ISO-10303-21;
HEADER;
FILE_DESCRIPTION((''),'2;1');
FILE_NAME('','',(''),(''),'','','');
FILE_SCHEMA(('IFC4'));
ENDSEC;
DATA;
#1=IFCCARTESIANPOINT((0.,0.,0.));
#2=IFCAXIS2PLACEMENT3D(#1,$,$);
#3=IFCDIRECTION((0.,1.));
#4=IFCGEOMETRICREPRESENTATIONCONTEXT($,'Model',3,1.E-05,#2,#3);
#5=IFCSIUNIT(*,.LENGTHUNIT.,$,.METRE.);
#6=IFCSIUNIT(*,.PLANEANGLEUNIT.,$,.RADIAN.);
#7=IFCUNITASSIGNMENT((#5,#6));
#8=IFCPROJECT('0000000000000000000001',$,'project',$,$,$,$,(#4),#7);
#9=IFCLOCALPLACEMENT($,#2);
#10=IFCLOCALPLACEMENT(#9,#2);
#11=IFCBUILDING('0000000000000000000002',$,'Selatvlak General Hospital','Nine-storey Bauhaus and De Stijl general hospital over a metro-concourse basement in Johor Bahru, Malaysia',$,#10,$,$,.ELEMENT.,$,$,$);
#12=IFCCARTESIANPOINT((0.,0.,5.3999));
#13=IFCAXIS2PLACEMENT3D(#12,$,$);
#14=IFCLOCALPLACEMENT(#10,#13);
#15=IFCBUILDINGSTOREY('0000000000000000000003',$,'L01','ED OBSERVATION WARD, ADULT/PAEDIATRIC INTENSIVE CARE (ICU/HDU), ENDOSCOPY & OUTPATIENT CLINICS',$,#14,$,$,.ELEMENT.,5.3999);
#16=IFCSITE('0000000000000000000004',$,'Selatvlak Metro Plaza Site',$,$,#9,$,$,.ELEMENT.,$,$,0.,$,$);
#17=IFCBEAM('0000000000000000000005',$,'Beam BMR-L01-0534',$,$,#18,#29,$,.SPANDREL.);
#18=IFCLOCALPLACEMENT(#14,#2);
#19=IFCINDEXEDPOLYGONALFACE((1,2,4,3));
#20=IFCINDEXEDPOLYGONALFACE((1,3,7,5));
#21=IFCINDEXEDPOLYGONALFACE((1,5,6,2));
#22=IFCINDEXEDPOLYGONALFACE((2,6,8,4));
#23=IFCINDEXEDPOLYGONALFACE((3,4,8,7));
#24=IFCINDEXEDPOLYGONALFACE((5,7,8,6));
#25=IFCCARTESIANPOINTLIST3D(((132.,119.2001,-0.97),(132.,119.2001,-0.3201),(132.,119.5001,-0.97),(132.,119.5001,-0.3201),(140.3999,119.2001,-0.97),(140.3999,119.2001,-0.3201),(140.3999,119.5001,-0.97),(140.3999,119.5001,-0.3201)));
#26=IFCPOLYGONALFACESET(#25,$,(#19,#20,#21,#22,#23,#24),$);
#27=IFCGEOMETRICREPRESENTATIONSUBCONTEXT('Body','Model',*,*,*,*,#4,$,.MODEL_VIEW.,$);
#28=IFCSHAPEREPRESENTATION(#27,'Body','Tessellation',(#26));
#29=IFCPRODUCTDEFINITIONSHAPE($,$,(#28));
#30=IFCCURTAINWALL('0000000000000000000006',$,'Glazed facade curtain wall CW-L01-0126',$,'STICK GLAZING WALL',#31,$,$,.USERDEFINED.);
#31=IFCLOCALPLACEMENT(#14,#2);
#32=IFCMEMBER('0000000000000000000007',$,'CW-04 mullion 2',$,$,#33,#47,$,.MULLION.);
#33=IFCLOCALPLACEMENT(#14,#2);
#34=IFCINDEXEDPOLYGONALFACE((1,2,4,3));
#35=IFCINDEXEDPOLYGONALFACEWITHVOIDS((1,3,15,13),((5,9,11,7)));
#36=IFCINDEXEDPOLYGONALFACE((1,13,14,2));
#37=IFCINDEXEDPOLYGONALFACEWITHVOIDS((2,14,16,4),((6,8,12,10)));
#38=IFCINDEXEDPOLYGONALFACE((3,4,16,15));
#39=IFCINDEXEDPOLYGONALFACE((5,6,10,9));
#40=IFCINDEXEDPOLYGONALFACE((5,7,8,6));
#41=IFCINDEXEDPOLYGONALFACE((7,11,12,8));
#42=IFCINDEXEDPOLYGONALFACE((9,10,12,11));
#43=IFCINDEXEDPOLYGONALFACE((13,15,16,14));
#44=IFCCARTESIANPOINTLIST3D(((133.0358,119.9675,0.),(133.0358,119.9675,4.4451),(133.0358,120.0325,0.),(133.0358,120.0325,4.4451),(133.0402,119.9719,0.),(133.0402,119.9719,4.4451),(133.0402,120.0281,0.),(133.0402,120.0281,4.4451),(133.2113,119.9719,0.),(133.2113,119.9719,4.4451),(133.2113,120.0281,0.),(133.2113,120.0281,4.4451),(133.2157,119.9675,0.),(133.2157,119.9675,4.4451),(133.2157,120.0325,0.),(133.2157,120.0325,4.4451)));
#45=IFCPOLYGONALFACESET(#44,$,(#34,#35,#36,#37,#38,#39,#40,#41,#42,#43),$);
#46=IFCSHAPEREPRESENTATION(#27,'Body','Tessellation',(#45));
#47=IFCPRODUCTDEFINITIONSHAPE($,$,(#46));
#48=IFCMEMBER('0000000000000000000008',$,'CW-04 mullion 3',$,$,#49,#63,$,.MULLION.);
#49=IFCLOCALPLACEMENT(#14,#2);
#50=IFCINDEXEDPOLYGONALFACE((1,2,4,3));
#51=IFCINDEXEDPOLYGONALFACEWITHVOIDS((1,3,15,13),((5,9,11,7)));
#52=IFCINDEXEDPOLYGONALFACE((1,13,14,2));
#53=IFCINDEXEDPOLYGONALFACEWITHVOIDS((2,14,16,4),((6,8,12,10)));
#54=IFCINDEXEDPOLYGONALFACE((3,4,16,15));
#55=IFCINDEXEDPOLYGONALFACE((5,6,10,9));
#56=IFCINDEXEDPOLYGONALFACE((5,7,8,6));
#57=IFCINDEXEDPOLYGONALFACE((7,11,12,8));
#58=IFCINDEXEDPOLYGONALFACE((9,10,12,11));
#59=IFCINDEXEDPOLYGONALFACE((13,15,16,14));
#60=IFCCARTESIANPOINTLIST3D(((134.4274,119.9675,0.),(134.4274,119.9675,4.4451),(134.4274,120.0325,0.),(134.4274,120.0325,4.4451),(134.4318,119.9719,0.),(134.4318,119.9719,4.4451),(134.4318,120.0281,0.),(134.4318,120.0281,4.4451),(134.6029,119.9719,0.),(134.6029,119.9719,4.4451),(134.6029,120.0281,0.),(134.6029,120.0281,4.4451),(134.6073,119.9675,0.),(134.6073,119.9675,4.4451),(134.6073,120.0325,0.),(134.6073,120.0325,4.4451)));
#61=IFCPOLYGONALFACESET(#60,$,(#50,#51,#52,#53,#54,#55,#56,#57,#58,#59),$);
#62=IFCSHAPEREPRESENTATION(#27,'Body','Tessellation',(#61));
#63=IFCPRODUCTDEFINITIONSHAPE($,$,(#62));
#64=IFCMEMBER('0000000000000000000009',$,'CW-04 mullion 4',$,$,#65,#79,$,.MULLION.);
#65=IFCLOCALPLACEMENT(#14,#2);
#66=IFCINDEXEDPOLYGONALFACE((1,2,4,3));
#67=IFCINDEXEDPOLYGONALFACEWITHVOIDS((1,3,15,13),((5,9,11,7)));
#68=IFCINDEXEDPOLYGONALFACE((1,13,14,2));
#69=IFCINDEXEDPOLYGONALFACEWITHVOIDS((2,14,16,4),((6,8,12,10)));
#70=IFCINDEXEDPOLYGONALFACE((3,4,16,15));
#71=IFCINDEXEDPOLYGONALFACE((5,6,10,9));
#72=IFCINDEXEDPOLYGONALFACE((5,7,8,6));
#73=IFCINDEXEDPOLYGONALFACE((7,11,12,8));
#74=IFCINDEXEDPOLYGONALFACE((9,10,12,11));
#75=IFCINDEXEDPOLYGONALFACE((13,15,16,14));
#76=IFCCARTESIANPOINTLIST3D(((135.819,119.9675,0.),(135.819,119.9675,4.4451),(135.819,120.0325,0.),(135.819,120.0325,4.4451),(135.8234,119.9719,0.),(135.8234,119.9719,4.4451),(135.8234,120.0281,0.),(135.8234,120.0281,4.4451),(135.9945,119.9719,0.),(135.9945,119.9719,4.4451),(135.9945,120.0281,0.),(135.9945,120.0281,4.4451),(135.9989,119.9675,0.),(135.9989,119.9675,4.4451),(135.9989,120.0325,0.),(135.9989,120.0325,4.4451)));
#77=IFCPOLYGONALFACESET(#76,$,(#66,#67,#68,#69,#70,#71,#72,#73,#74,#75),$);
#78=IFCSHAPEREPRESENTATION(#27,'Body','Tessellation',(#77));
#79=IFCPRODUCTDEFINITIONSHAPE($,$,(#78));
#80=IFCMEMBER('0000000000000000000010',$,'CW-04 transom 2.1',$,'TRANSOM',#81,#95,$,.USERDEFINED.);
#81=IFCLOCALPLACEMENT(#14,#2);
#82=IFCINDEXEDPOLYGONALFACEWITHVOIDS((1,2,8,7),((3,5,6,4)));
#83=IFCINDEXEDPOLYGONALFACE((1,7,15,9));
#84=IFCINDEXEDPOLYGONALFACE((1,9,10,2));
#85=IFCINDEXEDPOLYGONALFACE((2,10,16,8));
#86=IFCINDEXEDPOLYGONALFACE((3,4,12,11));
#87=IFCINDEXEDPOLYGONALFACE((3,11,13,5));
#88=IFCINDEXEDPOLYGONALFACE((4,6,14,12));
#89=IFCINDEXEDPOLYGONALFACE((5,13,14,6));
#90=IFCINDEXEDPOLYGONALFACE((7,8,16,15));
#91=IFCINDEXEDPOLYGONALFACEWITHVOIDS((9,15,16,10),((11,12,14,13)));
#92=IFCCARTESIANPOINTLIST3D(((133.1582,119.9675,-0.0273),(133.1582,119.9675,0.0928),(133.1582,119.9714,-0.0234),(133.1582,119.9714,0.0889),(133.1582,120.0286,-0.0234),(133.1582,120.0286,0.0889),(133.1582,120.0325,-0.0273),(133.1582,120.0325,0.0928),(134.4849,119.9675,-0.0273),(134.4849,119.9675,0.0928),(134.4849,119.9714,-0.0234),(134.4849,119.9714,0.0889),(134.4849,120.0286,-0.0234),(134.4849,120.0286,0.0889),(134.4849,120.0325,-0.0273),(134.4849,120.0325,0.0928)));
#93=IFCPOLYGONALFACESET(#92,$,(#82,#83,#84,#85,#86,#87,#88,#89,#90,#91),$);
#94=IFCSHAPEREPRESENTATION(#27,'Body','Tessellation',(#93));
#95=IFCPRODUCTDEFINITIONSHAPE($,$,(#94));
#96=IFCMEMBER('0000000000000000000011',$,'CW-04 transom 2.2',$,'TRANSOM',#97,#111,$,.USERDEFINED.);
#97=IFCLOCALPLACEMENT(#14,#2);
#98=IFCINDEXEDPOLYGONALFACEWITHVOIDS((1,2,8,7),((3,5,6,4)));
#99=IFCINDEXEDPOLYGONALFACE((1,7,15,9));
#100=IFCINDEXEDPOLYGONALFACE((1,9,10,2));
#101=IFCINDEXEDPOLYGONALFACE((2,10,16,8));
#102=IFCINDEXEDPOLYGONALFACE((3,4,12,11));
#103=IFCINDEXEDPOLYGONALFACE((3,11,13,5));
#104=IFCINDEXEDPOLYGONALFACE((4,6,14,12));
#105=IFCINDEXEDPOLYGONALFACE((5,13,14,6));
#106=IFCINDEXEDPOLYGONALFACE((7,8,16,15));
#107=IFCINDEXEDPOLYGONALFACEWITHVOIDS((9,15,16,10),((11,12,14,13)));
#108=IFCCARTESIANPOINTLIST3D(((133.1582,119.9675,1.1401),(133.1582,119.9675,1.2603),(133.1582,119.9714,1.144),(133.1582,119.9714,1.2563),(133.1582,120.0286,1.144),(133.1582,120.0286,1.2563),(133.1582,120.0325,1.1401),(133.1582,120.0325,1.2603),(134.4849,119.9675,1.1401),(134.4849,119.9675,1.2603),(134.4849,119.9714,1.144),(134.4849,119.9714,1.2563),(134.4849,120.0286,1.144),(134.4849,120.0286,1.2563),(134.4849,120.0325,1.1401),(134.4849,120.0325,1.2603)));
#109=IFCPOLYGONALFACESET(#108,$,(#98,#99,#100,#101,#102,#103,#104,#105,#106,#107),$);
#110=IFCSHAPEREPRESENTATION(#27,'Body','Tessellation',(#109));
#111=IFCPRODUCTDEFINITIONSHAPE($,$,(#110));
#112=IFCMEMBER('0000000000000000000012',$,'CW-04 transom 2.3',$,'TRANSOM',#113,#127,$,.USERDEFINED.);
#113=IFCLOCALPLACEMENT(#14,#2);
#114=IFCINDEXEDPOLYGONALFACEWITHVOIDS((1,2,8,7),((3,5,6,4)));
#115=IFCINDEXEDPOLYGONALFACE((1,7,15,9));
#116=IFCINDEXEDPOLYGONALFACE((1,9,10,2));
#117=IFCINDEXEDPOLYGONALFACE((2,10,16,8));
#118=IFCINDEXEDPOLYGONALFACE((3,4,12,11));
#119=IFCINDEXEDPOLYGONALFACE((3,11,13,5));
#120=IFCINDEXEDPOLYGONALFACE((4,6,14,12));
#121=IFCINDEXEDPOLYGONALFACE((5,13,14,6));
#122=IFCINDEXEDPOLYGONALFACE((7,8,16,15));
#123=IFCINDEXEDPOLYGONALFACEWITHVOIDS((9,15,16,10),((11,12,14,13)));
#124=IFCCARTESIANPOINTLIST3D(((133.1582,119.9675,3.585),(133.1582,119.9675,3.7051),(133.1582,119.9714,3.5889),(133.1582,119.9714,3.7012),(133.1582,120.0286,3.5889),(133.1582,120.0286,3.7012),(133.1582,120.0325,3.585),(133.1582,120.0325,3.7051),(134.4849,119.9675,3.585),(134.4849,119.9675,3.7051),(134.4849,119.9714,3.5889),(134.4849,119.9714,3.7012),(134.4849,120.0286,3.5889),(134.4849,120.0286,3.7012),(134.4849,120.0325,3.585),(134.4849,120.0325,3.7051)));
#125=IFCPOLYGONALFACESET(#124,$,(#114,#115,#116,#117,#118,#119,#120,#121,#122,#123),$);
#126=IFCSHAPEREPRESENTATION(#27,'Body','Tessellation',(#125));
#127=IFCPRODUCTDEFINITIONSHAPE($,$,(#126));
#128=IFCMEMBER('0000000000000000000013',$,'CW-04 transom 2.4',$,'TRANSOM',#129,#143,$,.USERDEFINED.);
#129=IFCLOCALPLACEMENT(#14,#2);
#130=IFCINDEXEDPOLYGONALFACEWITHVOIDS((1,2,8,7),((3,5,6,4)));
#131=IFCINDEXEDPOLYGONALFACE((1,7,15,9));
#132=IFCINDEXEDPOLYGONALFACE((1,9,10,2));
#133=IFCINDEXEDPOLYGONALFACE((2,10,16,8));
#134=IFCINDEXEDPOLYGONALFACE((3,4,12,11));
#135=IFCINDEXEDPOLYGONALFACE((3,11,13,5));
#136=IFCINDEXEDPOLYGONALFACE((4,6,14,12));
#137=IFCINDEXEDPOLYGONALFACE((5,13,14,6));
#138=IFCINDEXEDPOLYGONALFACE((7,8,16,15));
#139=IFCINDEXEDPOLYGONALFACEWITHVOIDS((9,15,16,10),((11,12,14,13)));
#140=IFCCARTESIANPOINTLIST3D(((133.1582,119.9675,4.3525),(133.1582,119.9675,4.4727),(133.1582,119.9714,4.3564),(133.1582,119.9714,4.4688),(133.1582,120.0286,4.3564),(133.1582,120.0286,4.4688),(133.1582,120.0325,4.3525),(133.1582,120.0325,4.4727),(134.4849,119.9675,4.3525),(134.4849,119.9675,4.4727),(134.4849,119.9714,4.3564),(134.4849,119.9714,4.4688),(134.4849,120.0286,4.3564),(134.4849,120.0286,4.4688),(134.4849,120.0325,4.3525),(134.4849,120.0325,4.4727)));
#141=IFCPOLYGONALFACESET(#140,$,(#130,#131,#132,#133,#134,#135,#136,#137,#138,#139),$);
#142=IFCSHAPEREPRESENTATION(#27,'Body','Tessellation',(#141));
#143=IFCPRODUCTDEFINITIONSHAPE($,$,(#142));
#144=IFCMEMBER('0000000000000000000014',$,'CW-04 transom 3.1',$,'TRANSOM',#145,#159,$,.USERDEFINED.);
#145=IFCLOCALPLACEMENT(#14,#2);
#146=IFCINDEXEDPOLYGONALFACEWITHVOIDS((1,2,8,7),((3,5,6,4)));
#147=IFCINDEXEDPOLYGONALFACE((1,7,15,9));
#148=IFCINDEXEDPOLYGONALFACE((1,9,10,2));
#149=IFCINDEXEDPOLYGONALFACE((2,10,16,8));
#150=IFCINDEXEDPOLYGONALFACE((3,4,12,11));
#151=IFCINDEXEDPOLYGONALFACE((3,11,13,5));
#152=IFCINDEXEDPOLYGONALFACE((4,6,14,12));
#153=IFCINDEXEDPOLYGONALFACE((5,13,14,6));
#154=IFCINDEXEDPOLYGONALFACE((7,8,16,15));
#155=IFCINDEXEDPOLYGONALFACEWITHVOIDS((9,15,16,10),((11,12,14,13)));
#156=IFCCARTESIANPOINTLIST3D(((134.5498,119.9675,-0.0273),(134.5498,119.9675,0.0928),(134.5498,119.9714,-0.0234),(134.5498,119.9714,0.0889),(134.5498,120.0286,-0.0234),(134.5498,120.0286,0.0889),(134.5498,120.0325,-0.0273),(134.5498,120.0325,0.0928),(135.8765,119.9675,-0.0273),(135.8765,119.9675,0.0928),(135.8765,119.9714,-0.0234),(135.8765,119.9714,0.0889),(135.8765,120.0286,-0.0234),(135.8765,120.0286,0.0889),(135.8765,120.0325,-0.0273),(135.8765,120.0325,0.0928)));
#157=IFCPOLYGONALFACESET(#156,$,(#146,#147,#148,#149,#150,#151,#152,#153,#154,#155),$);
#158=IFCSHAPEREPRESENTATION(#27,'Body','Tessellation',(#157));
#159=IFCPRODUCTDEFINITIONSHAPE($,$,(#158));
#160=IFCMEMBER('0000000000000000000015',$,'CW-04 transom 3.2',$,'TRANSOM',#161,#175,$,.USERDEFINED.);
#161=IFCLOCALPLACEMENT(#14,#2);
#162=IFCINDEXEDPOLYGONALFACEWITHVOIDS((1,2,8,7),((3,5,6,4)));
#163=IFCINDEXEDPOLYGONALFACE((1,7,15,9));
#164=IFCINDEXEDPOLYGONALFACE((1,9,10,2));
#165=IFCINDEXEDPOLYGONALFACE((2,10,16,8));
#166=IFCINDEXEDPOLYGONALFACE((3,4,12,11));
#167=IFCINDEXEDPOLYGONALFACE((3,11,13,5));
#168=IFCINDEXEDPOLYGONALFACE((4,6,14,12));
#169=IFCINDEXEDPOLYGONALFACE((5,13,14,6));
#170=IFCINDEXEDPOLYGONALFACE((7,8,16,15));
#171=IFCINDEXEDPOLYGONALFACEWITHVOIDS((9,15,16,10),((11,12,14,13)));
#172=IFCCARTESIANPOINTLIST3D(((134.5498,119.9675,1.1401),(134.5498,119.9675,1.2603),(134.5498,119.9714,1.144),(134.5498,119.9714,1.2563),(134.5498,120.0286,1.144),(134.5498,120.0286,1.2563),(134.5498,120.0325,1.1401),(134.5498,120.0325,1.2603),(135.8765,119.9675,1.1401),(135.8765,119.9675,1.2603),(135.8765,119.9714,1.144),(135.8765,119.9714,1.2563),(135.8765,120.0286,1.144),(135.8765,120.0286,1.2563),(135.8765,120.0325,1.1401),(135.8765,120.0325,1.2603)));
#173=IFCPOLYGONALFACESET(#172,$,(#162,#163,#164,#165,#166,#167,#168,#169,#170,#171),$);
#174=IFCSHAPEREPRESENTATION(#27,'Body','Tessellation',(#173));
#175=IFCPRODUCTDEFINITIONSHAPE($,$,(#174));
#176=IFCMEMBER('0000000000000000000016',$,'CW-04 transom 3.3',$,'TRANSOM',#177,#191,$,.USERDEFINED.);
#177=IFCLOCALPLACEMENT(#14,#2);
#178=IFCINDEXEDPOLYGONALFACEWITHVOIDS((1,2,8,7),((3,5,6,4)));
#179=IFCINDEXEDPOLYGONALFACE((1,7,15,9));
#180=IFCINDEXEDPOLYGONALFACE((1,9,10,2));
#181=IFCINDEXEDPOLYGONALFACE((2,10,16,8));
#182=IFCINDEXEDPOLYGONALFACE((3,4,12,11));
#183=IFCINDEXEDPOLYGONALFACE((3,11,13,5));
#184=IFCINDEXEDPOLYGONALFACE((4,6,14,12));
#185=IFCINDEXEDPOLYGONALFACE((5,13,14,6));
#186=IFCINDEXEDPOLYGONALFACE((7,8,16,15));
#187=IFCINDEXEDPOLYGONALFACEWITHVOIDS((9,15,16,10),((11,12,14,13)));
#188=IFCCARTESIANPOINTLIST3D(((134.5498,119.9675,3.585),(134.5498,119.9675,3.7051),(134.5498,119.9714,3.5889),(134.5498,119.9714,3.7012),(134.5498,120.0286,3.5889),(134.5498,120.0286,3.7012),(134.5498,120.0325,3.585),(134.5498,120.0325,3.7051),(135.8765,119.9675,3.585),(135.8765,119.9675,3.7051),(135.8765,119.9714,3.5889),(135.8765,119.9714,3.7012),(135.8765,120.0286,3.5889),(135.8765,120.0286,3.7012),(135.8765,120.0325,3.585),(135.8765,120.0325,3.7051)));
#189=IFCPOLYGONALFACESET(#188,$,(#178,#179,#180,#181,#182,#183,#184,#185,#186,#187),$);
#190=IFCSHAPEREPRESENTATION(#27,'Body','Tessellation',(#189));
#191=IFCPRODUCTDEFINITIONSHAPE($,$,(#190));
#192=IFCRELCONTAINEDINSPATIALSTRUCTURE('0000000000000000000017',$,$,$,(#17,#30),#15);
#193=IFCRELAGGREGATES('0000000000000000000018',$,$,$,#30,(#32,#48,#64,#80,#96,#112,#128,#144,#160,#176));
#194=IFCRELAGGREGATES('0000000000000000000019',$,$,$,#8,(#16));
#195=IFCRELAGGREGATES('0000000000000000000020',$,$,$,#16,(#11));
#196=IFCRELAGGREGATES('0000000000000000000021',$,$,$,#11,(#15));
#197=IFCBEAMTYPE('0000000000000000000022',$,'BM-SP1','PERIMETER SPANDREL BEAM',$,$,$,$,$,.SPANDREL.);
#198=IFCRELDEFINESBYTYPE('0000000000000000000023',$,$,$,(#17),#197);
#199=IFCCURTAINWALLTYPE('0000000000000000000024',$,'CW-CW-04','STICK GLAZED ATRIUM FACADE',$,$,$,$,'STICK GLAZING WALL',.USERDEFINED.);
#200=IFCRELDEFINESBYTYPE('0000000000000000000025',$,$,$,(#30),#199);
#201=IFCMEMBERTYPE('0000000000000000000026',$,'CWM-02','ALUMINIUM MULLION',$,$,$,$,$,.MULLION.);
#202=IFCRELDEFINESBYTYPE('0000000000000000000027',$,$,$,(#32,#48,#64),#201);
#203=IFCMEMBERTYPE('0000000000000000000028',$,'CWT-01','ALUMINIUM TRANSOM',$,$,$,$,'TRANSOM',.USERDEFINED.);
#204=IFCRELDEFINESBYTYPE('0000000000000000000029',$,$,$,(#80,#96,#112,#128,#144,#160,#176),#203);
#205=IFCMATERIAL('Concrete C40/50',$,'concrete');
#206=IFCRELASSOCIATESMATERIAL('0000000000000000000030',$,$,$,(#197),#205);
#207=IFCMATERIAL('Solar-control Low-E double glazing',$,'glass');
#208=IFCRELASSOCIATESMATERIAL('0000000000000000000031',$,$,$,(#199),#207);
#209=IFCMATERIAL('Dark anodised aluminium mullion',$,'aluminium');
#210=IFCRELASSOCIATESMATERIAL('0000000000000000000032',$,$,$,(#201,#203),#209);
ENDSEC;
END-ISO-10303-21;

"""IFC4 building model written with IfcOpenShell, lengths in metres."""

from ifc_helpers import new_model, si_unit, direction, frame, origin, origin_2d, place, context, subcontext, project, spatial, rectangle, hollow_rectangle, extrude, material, material_profile, profile_set, type_object, element, aggregate, save


model = new_model("IFC4")

# Units and contexts
model_context = context("Model", 3, precision=1e-05, world=origin(), true_north=direction((0.0, 1.0)))
body_context = subcontext(model_context, "Body", "Model", "MODEL_VIEW")
ifc_project = project(units=[si_unit("LENGTHUNIT", "METRE"), si_unit("PLANEANGLEUNIT", "RADIAN")], contexts=[model_context])

# Site, building, storey
site_placement = place(None, origin())
site = spatial("IfcSite", under=ifc_project, at=site_placement, Name="Selatvlak Metro Plaza Site", CompositionType="ELEMENT", RefElevation=0.0)
building_placement = place(site_placement, origin())
building = spatial("IfcBuilding", under=site, at=building_placement, Name="Selatvlak General Hospital", Description="Nine-storey Bauhaus and De Stijl general hospital over a metro-concourse basement in Johor Bahru, Malaysia", CompositionType="ELEMENT")
storey_placement = place(building_placement, frame((0.0, 0.0, 5.3999)))
storey = spatial("IfcBuildingStorey", under=building, at=storey_placement, Name="L01", Description="ED OBSERVATION WARD, ADULT/PAEDIATRIC INTENSIVE CARE (ICU/HDU), ENDOSCOPY & OUTPATIENT CLINICS", CompositionType="ELEMENT", Elevation=5.3999)

# Beam
ifc_material_1 = material(Name="Concrete C40/50", Category="concrete")
ifc_material_profile_1 = material_profile(ifc_material_1, rectangle(XDim=0.3, YDim=0.6499, at=origin_2d()), Name="RC-SP 300x650")
ifc_profile_set_1 = profile_set([ifc_material_profile_1], Name="Concrete C40/50")
beam_type = type_object("IfcBeamType", Name="BM-SP1", Description="PERIMETER SPANDREL BEAM", PredefinedType="SPANDREL", material=ifc_profile_set_1)
beam_placement = place(storey_placement, frame((132.0, 119.3501, -0.645), z_axis=(1.0, 0.0, 0.0), x_axis=(0.0, 1.0, 0.0)))
element("IfcBeam", 1, at=beam_placement, inside=storey, type_object=beam_type, Name="Beam BMR-L01-0534", PredefinedType="SPANDREL", context=body_context, shape_type="SweptSolid", body=[
    extrude(rectangle(XDim=0.3, YDim=0.6499, at=origin_2d()), origin(), (0.0, 0.0, 1.0), 8.3999),
])

# Curtain wall, members
ifc_material_2 = material(Name="Solar-control Low-E double glazing", Category="glass")
curtain_wall_type = type_object("IfcCurtainWallType", Name="CW-CW-04", Description="STICK GLAZED ATRIUM FACADE", ElementType="STICK GLAZING WALL", PredefinedType="USERDEFINED", material=ifc_material_2)
curtain_wall_placement = place(storey_placement, origin())
curtain_wall = element("IfcCurtainWall", 2, at=curtain_wall_placement, inside=storey, type_object=curtain_wall_type, Name="Glazed facade curtain wall CW-L01-0126", ObjectType="STICK GLAZING WALL", PredefinedType="USERDEFINED")
ifc_material_3 = material(Name="Dark anodised aluminium mullion", Category="aluminium")
ifc_material_profile_2 = material_profile(ifc_material_3, hollow_rectangle(XDim=0.0649, YDim=0.1799, WallThickness=0.0044, at=origin_2d()), Name="AL-MUL 65x180x4.5")
ifc_profile_set_2 = profile_set([ifc_material_profile_2], Name="Dark anodised aluminium mullion")
member_type_1 = type_object("IfcMemberType", Name="CWM-02", Description="ALUMINIUM MULLION", PredefinedType="MULLION", material=ifc_profile_set_2)
member_1_placement = place(storey_placement, frame((133.1257, 120.0, 0.0), z_axis=(0.0, 0.0, 1.0), x_axis=(0.0, 1.0, 0.0)))
member_1 = element("IfcMember", 3, at=member_1_placement, type_object=member_type_1, Name="CW-04 mullion 2", PredefinedType="MULLION", context=body_context, shape_type="SweptSolid", body=[
    extrude(hollow_rectangle(XDim=0.0649, YDim=0.1799, WallThickness=0.0044, at=origin_2d()), origin(), (0.0, 0.0, 1.0), 4.4451),
])
member_2_placement = place(storey_placement, frame((134.5173, 120.0, 0.0), z_axis=(0.0, 0.0, 1.0), x_axis=(0.0, 1.0, 0.0)))
member_2 = element("IfcMember", 4, at=member_2_placement, type_object=member_type_1, Name="CW-04 mullion 3", PredefinedType="MULLION", context=body_context, shape_type="SweptSolid", body=[
    extrude(hollow_rectangle(XDim=0.0649, YDim=0.1799, WallThickness=0.0044, at=origin_2d()), origin(), (0.0, 0.0, 1.0), 4.4451),
])
member_3_placement = place(storey_placement, frame((135.9089, 120.0, 0.0), z_axis=(0.0, 0.0, 1.0), x_axis=(0.0, 1.0, 0.0)))
member_3 = element("IfcMember", 5, at=member_3_placement, type_object=member_type_1, Name="CW-04 mullion 4", PredefinedType="MULLION", context=body_context, shape_type="SweptSolid", body=[
    extrude(hollow_rectangle(XDim=0.0649, YDim=0.1799, WallThickness=0.0044, at=origin_2d()), origin(), (0.0, 0.0, 1.0), 4.4451),
])
ifc_material_profile_3 = material_profile(ifc_material_3, hollow_rectangle(XDim=0.0649, YDim=0.1201, WallThickness=0.0039, at=origin_2d()), Name="AL-TRN 65x120x4")
ifc_profile_set_3 = profile_set([ifc_material_profile_3], Name="Dark anodised aluminium mullion")
member_type_2 = type_object("IfcMemberType", Name="CWT-01", Description="ALUMINIUM TRANSOM", ElementType="TRANSOM", PredefinedType="USERDEFINED", material=ifc_profile_set_3)
member_4_placement = place(storey_placement, frame((133.1582, 120.0, 0.0327), z_axis=(1.0, 0.0, 0.0), x_axis=(0.0, 1.0, 0.0)))
member_4 = element("IfcMember", 6, at=member_4_placement, type_object=member_type_2, Name="CW-04 transom 2.1", ObjectType="TRANSOM", PredefinedType="USERDEFINED", context=body_context, shape_type="SweptSolid", body=[
    extrude(hollow_rectangle(XDim=0.0649, YDim=0.1201, WallThickness=0.0039, at=origin_2d()), origin(), (0.0, 0.0, 1.0), 1.3267),
])
member_5_placement = place(storey_placement, frame((133.1582, 120.0, 1.2002), z_axis=(1.0, 0.0, 0.0), x_axis=(0.0, 1.0, 0.0)))
member_5 = element("IfcMember", 7, at=member_5_placement, type_object=member_type_2, Name="CW-04 transom 2.2", ObjectType="TRANSOM", PredefinedType="USERDEFINED", context=body_context, shape_type="SweptSolid", body=[
    extrude(hollow_rectangle(XDim=0.0649, YDim=0.1201, WallThickness=0.0039, at=origin_2d()), origin(), (0.0, 0.0, 1.0), 1.3267),
])
member_6_placement = place(storey_placement, frame((133.1582, 120.0, 3.645), z_axis=(1.0, 0.0, 0.0), x_axis=(0.0, 1.0, 0.0)))
member_6 = element("IfcMember", 8, at=member_6_placement, type_object=member_type_2, Name="CW-04 transom 2.3", ObjectType="TRANSOM", PredefinedType="USERDEFINED", context=body_context, shape_type="SweptSolid", body=[
    extrude(hollow_rectangle(XDim=0.0649, YDim=0.1201, WallThickness=0.0039, at=origin_2d()), origin(), (0.0, 0.0, 1.0), 1.3267),
])
member_7_placement = place(storey_placement, frame((133.1582, 120.0, 4.4126), z_axis=(1.0, 0.0, 0.0), x_axis=(0.0, 1.0, 0.0)))
member_7 = element("IfcMember", 9, at=member_7_placement, type_object=member_type_2, Name="CW-04 transom 2.4", ObjectType="TRANSOM", PredefinedType="USERDEFINED", context=body_context, shape_type="SweptSolid", body=[
    extrude(hollow_rectangle(XDim=0.0649, YDim=0.1201, WallThickness=0.0039, at=origin_2d()), origin(), (0.0, 0.0, 1.0), 1.3267),
])
member_8_placement = place(storey_placement, frame((134.5498, 120.0, 0.0327), z_axis=(1.0, 0.0, 0.0), x_axis=(0.0, 1.0, 0.0)))
member_8 = element("IfcMember", 10, at=member_8_placement, type_object=member_type_2, Name="CW-04 transom 3.1", ObjectType="TRANSOM", PredefinedType="USERDEFINED", context=body_context, shape_type="SweptSolid", body=[
    extrude(hollow_rectangle(XDim=0.0649, YDim=0.1201, WallThickness=0.0039, at=origin_2d()), origin(), (0.0, 0.0, 1.0), 1.3267),
])
member_9_placement = place(storey_placement, frame((134.5498, 120.0, 1.2002), z_axis=(1.0, 0.0, 0.0), x_axis=(0.0, 1.0, 0.0)))
member_9 = element("IfcMember", 11, at=member_9_placement, type_object=member_type_2, Name="CW-04 transom 3.2", ObjectType="TRANSOM", PredefinedType="USERDEFINED", context=body_context, shape_type="SweptSolid", body=[
    extrude(hollow_rectangle(XDim=0.0649, YDim=0.1201, WallThickness=0.0039, at=origin_2d()), origin(), (0.0, 0.0, 1.0), 1.3267),
])
member_10_placement = place(storey_placement, frame((134.5498, 120.0, 3.645), z_axis=(1.0, 0.0, 0.0), x_axis=(0.0, 1.0, 0.0)))
member_10 = element("IfcMember", 12, at=member_10_placement, type_object=member_type_2, Name="CW-04 transom 3.3", ObjectType="TRANSOM", PredefinedType="USERDEFINED", context=body_context, shape_type="SweptSolid", body=[
    extrude(hollow_rectangle(XDim=0.0649, YDim=0.1201, WallThickness=0.0039, at=origin_2d()), origin(), (0.0, 0.0, 1.0), 1.3267),
])
aggregate(curtain_wall, [member_1, member_2, member_3, member_4, member_5, member_6, member_7, member_8, member_9, member_10])

save(model, "model.ifc")
